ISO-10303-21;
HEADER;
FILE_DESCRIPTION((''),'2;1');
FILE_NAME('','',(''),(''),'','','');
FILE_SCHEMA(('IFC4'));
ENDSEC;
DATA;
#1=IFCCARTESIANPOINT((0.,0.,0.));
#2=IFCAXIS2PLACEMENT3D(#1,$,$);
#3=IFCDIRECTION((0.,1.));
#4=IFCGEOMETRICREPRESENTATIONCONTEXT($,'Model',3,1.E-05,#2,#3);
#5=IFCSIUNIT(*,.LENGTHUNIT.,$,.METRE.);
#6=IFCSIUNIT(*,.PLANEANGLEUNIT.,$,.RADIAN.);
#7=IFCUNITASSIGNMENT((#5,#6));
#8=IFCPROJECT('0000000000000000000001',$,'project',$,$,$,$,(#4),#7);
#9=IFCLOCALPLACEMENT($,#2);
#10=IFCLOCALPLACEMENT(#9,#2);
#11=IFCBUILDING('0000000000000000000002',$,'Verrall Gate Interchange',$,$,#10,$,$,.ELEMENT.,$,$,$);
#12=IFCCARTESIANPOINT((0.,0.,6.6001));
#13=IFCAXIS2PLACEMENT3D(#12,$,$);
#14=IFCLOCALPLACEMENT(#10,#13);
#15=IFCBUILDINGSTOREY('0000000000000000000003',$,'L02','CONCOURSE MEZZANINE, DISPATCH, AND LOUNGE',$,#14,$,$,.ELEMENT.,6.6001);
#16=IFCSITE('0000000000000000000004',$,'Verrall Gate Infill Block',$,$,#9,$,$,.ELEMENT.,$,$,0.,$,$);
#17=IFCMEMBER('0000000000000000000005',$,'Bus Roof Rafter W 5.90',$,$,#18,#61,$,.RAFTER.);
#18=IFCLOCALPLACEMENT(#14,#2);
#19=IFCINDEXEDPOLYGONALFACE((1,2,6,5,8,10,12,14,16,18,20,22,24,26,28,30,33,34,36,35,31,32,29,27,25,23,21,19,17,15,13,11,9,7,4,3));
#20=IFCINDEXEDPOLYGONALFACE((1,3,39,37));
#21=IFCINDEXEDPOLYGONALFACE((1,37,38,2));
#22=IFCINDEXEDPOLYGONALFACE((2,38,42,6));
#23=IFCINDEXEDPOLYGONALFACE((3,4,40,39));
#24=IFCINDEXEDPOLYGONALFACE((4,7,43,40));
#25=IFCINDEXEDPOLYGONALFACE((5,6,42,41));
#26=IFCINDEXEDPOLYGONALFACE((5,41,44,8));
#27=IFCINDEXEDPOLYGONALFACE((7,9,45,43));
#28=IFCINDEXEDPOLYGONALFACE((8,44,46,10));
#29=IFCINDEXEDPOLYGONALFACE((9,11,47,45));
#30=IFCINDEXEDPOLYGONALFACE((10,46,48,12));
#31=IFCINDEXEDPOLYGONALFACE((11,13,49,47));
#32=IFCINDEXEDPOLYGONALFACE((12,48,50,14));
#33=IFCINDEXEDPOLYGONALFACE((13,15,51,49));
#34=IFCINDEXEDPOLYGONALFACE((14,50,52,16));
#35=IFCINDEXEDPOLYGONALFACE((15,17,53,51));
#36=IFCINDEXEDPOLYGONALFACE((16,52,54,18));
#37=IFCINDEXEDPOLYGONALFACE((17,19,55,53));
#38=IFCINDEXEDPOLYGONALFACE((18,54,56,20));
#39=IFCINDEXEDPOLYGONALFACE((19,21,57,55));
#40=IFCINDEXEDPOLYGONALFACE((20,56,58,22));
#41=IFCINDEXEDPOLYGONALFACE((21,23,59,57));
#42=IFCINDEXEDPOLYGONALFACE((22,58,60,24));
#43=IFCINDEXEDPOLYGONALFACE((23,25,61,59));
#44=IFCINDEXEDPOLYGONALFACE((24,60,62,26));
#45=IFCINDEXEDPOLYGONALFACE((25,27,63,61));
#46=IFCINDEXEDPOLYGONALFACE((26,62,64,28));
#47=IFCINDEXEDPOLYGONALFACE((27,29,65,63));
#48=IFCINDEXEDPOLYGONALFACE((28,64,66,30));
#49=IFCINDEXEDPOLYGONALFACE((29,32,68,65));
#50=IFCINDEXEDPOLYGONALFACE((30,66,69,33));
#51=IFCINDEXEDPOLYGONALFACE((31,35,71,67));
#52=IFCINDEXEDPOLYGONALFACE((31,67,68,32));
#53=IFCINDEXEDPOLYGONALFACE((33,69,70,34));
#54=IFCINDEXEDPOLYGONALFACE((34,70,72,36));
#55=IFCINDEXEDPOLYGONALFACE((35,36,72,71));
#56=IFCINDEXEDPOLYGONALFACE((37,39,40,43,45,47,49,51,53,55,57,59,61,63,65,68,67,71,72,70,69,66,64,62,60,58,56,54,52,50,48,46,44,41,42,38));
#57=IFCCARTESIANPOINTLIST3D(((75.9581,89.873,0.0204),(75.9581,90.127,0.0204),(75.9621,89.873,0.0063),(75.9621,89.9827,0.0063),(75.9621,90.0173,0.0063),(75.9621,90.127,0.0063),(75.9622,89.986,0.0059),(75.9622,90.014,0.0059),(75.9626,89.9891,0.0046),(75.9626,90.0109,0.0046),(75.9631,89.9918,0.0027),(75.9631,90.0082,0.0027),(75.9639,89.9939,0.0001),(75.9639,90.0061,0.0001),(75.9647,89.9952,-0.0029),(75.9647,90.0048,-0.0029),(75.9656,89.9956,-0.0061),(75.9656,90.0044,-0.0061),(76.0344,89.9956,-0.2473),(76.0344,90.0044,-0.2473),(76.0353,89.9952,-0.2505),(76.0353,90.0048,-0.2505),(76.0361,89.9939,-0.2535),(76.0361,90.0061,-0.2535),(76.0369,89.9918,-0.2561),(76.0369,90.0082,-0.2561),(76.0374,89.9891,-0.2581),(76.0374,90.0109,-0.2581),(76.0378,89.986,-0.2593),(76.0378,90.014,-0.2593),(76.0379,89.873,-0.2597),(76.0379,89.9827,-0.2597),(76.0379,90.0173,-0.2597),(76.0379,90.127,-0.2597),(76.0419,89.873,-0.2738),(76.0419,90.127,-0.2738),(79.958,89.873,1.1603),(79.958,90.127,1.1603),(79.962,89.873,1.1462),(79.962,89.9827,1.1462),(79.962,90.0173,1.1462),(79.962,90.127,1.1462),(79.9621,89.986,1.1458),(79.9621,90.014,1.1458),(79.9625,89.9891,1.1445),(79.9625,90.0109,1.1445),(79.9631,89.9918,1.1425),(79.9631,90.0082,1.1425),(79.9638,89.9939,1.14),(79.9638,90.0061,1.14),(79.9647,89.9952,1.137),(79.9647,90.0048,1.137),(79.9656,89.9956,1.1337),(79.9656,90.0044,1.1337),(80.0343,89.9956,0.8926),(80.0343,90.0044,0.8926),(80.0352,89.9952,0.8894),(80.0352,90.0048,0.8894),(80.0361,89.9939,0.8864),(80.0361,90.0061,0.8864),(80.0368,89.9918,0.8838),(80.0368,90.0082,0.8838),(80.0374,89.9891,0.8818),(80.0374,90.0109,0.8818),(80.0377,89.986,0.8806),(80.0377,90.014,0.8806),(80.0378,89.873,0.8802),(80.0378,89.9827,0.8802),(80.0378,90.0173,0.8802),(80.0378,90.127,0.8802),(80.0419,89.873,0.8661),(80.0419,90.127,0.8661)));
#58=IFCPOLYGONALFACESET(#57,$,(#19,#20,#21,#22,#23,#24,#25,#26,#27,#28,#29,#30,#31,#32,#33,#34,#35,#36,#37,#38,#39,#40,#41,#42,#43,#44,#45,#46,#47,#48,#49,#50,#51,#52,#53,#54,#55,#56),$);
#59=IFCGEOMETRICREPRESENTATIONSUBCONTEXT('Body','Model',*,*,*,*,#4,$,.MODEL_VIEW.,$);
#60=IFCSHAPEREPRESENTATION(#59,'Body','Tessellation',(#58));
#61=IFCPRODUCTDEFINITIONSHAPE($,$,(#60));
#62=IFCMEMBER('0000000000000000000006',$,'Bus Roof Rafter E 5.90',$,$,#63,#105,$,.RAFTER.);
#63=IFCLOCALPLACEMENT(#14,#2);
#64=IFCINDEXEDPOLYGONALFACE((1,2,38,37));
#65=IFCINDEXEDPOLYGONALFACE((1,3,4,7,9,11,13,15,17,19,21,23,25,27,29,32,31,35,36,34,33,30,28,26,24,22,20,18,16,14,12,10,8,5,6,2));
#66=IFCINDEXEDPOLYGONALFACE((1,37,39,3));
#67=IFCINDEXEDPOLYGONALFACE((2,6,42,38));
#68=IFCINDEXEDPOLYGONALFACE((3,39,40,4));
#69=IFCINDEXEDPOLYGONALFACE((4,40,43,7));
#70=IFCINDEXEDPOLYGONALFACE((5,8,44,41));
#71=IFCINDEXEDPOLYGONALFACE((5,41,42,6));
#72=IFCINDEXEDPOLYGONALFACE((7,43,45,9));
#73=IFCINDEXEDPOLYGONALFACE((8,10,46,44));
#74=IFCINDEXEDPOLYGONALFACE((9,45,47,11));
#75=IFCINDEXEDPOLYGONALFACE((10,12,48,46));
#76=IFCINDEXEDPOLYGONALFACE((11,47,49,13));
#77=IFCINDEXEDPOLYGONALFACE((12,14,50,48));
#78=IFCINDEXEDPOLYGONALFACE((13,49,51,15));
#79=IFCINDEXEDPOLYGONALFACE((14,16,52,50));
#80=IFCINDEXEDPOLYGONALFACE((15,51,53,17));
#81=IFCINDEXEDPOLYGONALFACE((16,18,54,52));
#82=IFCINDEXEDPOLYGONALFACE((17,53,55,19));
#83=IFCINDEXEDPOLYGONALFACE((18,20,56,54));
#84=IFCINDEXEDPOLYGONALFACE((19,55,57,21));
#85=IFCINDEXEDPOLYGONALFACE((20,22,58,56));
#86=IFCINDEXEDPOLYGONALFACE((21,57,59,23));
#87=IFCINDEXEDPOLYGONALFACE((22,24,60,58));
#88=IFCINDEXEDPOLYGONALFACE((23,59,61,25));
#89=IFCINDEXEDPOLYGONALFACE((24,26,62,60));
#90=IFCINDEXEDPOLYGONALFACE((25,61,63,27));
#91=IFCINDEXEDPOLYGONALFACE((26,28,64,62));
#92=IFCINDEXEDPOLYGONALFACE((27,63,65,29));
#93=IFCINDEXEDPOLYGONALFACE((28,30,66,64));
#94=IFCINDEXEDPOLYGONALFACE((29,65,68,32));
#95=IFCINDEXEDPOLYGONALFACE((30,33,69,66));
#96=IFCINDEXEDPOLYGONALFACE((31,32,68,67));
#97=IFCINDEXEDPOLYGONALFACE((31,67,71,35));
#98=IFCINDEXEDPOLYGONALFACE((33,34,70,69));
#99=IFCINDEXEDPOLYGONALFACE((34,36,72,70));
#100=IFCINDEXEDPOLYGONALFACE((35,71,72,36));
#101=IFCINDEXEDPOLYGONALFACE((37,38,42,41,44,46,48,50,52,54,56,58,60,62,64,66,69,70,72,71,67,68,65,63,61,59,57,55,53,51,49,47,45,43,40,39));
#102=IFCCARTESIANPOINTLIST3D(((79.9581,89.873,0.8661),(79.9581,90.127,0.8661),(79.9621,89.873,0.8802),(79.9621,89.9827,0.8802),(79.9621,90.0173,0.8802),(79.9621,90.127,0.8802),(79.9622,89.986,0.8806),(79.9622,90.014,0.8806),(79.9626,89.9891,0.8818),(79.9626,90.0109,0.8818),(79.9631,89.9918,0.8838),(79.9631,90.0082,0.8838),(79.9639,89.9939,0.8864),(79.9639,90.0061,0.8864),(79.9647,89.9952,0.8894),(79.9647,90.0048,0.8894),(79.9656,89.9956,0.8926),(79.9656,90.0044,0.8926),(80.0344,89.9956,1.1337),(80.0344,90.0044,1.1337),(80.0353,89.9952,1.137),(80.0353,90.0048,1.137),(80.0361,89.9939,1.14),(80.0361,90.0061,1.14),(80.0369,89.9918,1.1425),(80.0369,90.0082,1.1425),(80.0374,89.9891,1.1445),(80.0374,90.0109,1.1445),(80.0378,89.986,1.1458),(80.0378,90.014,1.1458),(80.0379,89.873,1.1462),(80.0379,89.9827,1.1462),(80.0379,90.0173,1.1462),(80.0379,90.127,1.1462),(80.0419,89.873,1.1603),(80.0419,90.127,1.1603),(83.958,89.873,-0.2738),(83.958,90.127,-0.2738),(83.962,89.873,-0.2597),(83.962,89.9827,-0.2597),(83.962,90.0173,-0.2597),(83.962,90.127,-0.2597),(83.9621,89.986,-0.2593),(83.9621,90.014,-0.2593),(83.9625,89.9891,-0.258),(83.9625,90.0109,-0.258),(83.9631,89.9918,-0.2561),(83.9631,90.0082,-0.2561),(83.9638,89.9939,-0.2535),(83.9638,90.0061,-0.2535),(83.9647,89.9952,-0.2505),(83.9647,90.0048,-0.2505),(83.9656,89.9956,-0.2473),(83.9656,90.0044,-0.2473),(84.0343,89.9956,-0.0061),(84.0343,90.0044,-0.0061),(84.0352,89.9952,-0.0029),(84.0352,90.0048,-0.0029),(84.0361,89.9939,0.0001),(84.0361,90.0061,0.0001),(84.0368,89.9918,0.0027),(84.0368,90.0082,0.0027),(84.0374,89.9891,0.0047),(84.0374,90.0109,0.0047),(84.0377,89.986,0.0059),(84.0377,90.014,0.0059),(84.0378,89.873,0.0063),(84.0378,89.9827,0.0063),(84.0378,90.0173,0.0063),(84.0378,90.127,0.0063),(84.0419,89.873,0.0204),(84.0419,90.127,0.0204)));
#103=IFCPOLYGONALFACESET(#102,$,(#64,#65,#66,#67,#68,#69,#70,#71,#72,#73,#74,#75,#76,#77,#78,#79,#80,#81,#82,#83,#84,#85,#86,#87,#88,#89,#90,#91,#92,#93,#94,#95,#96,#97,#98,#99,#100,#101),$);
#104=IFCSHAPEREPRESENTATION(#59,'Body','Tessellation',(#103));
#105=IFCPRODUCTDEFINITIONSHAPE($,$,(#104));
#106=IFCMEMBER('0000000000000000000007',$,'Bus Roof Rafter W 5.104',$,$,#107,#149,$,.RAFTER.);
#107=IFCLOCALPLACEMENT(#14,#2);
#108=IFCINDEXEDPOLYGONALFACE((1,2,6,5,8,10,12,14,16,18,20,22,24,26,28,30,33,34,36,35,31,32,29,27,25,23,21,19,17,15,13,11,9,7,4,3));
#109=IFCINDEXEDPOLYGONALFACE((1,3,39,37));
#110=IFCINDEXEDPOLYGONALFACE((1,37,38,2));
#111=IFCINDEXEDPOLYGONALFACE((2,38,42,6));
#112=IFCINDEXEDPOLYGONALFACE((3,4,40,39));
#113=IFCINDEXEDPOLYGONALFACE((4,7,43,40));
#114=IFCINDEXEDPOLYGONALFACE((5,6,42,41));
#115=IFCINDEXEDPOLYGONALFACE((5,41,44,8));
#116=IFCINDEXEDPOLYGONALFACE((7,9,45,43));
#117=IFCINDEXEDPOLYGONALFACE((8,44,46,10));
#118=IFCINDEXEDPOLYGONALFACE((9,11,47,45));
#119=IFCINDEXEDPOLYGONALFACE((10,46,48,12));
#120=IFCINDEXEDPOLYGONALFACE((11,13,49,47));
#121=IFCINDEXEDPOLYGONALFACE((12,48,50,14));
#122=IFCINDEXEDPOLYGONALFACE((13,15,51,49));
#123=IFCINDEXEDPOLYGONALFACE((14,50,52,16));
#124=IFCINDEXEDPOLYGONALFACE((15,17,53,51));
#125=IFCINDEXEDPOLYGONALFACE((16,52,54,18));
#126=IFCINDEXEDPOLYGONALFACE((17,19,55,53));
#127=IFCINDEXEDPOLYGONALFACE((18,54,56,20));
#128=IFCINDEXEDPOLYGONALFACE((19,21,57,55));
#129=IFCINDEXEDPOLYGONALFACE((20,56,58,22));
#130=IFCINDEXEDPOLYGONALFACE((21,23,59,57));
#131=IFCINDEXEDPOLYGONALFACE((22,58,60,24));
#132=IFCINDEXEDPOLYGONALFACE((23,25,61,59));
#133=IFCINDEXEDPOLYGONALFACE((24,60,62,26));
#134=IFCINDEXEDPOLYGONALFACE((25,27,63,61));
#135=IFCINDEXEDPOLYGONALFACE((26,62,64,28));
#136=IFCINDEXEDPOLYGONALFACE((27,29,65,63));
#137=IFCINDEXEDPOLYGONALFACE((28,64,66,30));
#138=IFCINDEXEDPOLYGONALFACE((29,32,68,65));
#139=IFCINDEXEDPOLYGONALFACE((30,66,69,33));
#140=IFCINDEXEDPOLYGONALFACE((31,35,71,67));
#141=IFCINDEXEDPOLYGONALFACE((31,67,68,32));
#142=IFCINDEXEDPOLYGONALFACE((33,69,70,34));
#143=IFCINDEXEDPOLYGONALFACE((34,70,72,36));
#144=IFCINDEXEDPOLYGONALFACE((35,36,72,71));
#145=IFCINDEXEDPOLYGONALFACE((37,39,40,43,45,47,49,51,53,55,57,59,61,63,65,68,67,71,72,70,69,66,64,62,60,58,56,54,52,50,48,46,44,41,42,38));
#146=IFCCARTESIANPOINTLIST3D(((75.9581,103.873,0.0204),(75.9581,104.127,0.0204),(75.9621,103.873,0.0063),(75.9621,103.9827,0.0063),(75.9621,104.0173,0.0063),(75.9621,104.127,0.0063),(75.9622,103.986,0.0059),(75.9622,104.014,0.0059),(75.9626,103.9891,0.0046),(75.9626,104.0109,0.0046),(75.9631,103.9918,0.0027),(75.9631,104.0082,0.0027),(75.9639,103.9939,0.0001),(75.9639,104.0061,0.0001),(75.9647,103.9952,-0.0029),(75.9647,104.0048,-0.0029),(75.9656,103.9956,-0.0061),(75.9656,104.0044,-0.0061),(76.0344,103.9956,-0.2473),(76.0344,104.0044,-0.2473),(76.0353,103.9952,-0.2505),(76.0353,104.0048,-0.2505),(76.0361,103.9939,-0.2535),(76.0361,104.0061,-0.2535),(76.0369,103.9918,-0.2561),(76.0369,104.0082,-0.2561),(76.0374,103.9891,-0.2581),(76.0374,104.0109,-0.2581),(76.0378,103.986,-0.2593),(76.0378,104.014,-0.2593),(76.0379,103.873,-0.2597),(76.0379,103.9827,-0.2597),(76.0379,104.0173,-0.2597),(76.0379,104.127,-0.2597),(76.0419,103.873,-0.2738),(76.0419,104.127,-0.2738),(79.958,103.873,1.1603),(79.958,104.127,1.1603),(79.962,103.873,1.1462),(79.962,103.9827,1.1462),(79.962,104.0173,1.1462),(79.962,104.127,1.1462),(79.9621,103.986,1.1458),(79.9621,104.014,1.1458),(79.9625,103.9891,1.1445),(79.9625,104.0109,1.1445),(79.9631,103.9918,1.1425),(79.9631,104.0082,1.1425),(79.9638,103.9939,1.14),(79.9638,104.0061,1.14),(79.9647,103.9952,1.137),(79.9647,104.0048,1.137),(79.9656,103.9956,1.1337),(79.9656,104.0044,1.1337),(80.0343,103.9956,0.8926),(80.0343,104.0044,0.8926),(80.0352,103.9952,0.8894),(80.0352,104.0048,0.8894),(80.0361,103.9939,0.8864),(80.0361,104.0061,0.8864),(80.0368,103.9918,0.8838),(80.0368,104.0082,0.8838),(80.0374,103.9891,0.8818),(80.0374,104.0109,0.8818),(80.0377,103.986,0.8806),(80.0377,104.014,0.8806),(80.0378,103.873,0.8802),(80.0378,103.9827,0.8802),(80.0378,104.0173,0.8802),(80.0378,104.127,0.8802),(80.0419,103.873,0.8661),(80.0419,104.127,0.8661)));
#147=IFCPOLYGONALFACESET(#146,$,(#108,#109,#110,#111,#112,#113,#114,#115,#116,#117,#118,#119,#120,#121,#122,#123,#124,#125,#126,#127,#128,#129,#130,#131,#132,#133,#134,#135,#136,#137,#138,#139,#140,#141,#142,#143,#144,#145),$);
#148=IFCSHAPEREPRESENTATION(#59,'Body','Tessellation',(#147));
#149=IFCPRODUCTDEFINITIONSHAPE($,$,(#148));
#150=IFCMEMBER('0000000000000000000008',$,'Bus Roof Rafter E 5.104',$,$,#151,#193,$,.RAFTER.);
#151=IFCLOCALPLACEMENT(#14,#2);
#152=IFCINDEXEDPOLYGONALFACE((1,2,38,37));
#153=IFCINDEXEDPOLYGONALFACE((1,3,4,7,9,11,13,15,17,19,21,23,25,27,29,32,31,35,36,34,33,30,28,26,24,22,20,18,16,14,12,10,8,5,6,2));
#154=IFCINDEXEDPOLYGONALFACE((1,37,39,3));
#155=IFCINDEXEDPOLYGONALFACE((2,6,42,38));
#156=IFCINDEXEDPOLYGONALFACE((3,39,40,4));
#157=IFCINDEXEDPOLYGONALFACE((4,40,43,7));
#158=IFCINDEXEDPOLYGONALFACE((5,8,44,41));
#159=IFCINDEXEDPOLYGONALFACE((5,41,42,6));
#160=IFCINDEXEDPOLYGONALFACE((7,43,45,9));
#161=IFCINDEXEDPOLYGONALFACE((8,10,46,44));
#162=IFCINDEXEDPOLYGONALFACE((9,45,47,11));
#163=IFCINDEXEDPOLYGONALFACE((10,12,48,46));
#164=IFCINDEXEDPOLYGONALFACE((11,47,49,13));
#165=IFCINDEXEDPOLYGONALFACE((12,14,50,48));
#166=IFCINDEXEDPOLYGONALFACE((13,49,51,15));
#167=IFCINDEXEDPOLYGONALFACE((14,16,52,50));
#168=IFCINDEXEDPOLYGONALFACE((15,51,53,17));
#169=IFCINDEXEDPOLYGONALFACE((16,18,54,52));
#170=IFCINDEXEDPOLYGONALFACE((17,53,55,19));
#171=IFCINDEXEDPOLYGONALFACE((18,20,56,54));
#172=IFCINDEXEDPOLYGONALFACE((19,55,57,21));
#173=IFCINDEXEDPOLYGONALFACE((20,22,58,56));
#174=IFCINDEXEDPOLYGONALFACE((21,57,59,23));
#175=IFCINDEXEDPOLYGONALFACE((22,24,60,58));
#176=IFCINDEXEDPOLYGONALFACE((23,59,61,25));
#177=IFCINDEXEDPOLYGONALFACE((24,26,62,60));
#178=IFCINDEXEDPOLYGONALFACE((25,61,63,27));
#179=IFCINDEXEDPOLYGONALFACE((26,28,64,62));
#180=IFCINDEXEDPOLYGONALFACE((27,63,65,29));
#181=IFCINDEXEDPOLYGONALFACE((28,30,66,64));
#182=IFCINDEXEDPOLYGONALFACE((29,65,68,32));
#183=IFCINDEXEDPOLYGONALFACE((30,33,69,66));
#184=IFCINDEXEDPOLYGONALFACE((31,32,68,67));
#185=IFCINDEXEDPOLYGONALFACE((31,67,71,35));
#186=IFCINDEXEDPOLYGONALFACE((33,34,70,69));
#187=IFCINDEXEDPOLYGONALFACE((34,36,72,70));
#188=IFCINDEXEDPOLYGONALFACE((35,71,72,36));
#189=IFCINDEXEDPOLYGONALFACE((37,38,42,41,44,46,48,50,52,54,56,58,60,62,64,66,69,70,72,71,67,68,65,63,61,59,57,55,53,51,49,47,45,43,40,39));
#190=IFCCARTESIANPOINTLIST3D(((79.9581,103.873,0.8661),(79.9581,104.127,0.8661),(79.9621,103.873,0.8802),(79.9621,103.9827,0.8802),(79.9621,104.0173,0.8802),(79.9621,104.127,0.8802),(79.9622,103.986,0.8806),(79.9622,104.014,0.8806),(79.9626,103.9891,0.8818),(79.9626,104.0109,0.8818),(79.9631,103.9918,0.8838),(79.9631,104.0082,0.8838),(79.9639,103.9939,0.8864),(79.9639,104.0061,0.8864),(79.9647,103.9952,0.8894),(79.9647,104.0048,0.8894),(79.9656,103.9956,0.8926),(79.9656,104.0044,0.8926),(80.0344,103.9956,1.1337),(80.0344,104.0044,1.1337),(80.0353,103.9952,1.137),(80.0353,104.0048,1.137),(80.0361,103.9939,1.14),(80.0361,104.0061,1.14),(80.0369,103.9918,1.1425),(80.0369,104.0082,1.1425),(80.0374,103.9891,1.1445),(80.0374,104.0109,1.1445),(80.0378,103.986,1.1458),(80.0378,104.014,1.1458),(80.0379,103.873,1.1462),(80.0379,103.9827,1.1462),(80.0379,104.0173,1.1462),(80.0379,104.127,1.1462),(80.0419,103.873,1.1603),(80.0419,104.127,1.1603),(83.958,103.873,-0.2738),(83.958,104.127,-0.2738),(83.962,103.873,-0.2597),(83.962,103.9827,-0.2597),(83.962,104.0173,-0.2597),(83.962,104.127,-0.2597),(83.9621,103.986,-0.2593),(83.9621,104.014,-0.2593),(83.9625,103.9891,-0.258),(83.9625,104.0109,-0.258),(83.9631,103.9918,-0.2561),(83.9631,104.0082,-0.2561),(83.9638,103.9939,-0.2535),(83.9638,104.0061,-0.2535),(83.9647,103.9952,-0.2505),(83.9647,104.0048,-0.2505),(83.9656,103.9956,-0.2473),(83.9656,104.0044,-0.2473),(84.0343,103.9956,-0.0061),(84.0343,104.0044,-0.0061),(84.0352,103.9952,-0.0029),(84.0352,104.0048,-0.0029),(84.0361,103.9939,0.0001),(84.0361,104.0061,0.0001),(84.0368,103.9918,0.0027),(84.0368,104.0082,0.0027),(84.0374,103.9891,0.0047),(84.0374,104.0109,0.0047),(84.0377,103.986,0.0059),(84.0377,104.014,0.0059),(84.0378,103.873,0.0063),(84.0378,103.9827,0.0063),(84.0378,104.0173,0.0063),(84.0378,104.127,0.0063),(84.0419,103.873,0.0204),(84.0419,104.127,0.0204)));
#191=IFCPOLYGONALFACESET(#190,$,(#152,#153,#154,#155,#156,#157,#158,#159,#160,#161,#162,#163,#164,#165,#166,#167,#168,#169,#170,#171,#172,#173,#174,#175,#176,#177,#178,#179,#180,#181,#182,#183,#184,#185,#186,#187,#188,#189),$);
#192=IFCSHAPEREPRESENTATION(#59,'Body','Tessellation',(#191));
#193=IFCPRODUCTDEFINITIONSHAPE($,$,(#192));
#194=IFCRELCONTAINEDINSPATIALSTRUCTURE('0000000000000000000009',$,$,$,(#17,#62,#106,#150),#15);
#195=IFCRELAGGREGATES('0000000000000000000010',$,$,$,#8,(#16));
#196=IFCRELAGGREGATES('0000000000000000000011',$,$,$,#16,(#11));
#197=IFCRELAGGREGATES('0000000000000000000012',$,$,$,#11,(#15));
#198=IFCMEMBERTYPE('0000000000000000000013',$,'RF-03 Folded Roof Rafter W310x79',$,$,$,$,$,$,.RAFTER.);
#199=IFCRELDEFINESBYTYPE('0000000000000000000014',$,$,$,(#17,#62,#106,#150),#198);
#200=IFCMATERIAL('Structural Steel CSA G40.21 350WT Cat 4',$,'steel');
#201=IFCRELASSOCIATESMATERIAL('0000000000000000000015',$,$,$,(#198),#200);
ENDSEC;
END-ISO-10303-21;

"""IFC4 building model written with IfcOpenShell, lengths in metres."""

from ifc_helpers import new_model, si_unit, direction, frame, origin, origin_2d, place, context, subcontext, project, spatial, i_section, extrude, material, material_profile, profile_set, type_object, element, save


model = new_model("IFC4")

# Units and contexts
model_context = context("Model", 3, precision=1e-05, world=origin(), true_north=direction((0.0, 1.0)))
body_context = subcontext(model_context, "Body", "Model", "MODEL_VIEW")
ifc_project = project(units=[si_unit("LENGTHUNIT", "METRE"), si_unit("PLANEANGLEUNIT", "RADIAN")], contexts=[model_context])

# Site, building, storey
site_placement = place(None, origin())
site = spatial("IfcSite", under=ifc_project, at=site_placement, Name="Verrall Gate Infill Block", CompositionType="ELEMENT", RefElevation=0.0)
building_placement = place(site_placement, origin())
building = spatial("IfcBuilding", under=site, at=building_placement, Name="Verrall Gate Interchange", CompositionType="ELEMENT")
storey_placement = place(building_placement, frame((0.0, 0.0, 6.6001)))
storey = spatial("IfcBuildingStorey", under=building, at=storey_placement, Name="L02", Description="CONCOURSE MEZZANINE, DISPATCH, AND LOUNGE", CompositionType="ELEMENT", Elevation=6.6001)

# Members
ifc_material_1 = material(Name="Structural Steel CSA G40.21 350WT Cat 4", Category="steel")
ifc_material_profile_1 = material_profile(ifc_material_1, i_section(OverallWidth=0.2539, OverallDepth=0.3059, WebThickness=0.0088, FlangeThickness=0.0146, FilletRadius=0.0129, at=origin_2d()), Name="W310x79")
ifc_profile_set_1 = profile_set([ifc_material_profile_1], Name="Structural Steel CSA G40.21 350WT Cat 4")
member_type_1 = type_object("IfcMemberType", Name="RF-03 Folded Roof Rafter W310x79", PredefinedType="RAFTER", material=ifc_profile_set_1)
for number, where, z_axis, x_axis, name in (
    (1, (76.0, 90.0, -0.1267), (0.961712, 0.0, 0.274062), (0.0, 1.0, 0.0), "Bus Roof Rafter W 5.90"),
    (2, (80.0, 90.0, 1.0132), (0.961712, 0.0, -0.274062), (0.0, 1.0, 0.0), "Bus Roof Rafter E 5.90"),
    (3, (76.0, 104.0, -0.1267), (0.961712, 0.0, 0.274062), (0.0, 1.0, 0.0), "Bus Roof Rafter W 5.104"),
    (4, (80.0, 104.0, 1.0132), (0.961712, 0.0, -0.274062), (0.0, 1.0, 0.0), "Bus Roof Rafter E 5.104"),
):
    element("IfcMember", number, at=place(storey_placement, frame(where, z_axis=z_axis, x_axis=x_axis)), inside=storey, type_object=member_type_1, Name=name, PredefinedType="RAFTER", context=body_context, shape_type="SweptSolid", body=[
        extrude(i_section(OverallWidth=0.2539, OverallDepth=0.3059, WebThickness=0.0088, FlangeThickness=0.0146, FilletRadius=0.0129, at=origin_2d()), origin(), (0.0, 0.0, 1.0), 4.1592),
    ])

save(model, "model.ifc")
